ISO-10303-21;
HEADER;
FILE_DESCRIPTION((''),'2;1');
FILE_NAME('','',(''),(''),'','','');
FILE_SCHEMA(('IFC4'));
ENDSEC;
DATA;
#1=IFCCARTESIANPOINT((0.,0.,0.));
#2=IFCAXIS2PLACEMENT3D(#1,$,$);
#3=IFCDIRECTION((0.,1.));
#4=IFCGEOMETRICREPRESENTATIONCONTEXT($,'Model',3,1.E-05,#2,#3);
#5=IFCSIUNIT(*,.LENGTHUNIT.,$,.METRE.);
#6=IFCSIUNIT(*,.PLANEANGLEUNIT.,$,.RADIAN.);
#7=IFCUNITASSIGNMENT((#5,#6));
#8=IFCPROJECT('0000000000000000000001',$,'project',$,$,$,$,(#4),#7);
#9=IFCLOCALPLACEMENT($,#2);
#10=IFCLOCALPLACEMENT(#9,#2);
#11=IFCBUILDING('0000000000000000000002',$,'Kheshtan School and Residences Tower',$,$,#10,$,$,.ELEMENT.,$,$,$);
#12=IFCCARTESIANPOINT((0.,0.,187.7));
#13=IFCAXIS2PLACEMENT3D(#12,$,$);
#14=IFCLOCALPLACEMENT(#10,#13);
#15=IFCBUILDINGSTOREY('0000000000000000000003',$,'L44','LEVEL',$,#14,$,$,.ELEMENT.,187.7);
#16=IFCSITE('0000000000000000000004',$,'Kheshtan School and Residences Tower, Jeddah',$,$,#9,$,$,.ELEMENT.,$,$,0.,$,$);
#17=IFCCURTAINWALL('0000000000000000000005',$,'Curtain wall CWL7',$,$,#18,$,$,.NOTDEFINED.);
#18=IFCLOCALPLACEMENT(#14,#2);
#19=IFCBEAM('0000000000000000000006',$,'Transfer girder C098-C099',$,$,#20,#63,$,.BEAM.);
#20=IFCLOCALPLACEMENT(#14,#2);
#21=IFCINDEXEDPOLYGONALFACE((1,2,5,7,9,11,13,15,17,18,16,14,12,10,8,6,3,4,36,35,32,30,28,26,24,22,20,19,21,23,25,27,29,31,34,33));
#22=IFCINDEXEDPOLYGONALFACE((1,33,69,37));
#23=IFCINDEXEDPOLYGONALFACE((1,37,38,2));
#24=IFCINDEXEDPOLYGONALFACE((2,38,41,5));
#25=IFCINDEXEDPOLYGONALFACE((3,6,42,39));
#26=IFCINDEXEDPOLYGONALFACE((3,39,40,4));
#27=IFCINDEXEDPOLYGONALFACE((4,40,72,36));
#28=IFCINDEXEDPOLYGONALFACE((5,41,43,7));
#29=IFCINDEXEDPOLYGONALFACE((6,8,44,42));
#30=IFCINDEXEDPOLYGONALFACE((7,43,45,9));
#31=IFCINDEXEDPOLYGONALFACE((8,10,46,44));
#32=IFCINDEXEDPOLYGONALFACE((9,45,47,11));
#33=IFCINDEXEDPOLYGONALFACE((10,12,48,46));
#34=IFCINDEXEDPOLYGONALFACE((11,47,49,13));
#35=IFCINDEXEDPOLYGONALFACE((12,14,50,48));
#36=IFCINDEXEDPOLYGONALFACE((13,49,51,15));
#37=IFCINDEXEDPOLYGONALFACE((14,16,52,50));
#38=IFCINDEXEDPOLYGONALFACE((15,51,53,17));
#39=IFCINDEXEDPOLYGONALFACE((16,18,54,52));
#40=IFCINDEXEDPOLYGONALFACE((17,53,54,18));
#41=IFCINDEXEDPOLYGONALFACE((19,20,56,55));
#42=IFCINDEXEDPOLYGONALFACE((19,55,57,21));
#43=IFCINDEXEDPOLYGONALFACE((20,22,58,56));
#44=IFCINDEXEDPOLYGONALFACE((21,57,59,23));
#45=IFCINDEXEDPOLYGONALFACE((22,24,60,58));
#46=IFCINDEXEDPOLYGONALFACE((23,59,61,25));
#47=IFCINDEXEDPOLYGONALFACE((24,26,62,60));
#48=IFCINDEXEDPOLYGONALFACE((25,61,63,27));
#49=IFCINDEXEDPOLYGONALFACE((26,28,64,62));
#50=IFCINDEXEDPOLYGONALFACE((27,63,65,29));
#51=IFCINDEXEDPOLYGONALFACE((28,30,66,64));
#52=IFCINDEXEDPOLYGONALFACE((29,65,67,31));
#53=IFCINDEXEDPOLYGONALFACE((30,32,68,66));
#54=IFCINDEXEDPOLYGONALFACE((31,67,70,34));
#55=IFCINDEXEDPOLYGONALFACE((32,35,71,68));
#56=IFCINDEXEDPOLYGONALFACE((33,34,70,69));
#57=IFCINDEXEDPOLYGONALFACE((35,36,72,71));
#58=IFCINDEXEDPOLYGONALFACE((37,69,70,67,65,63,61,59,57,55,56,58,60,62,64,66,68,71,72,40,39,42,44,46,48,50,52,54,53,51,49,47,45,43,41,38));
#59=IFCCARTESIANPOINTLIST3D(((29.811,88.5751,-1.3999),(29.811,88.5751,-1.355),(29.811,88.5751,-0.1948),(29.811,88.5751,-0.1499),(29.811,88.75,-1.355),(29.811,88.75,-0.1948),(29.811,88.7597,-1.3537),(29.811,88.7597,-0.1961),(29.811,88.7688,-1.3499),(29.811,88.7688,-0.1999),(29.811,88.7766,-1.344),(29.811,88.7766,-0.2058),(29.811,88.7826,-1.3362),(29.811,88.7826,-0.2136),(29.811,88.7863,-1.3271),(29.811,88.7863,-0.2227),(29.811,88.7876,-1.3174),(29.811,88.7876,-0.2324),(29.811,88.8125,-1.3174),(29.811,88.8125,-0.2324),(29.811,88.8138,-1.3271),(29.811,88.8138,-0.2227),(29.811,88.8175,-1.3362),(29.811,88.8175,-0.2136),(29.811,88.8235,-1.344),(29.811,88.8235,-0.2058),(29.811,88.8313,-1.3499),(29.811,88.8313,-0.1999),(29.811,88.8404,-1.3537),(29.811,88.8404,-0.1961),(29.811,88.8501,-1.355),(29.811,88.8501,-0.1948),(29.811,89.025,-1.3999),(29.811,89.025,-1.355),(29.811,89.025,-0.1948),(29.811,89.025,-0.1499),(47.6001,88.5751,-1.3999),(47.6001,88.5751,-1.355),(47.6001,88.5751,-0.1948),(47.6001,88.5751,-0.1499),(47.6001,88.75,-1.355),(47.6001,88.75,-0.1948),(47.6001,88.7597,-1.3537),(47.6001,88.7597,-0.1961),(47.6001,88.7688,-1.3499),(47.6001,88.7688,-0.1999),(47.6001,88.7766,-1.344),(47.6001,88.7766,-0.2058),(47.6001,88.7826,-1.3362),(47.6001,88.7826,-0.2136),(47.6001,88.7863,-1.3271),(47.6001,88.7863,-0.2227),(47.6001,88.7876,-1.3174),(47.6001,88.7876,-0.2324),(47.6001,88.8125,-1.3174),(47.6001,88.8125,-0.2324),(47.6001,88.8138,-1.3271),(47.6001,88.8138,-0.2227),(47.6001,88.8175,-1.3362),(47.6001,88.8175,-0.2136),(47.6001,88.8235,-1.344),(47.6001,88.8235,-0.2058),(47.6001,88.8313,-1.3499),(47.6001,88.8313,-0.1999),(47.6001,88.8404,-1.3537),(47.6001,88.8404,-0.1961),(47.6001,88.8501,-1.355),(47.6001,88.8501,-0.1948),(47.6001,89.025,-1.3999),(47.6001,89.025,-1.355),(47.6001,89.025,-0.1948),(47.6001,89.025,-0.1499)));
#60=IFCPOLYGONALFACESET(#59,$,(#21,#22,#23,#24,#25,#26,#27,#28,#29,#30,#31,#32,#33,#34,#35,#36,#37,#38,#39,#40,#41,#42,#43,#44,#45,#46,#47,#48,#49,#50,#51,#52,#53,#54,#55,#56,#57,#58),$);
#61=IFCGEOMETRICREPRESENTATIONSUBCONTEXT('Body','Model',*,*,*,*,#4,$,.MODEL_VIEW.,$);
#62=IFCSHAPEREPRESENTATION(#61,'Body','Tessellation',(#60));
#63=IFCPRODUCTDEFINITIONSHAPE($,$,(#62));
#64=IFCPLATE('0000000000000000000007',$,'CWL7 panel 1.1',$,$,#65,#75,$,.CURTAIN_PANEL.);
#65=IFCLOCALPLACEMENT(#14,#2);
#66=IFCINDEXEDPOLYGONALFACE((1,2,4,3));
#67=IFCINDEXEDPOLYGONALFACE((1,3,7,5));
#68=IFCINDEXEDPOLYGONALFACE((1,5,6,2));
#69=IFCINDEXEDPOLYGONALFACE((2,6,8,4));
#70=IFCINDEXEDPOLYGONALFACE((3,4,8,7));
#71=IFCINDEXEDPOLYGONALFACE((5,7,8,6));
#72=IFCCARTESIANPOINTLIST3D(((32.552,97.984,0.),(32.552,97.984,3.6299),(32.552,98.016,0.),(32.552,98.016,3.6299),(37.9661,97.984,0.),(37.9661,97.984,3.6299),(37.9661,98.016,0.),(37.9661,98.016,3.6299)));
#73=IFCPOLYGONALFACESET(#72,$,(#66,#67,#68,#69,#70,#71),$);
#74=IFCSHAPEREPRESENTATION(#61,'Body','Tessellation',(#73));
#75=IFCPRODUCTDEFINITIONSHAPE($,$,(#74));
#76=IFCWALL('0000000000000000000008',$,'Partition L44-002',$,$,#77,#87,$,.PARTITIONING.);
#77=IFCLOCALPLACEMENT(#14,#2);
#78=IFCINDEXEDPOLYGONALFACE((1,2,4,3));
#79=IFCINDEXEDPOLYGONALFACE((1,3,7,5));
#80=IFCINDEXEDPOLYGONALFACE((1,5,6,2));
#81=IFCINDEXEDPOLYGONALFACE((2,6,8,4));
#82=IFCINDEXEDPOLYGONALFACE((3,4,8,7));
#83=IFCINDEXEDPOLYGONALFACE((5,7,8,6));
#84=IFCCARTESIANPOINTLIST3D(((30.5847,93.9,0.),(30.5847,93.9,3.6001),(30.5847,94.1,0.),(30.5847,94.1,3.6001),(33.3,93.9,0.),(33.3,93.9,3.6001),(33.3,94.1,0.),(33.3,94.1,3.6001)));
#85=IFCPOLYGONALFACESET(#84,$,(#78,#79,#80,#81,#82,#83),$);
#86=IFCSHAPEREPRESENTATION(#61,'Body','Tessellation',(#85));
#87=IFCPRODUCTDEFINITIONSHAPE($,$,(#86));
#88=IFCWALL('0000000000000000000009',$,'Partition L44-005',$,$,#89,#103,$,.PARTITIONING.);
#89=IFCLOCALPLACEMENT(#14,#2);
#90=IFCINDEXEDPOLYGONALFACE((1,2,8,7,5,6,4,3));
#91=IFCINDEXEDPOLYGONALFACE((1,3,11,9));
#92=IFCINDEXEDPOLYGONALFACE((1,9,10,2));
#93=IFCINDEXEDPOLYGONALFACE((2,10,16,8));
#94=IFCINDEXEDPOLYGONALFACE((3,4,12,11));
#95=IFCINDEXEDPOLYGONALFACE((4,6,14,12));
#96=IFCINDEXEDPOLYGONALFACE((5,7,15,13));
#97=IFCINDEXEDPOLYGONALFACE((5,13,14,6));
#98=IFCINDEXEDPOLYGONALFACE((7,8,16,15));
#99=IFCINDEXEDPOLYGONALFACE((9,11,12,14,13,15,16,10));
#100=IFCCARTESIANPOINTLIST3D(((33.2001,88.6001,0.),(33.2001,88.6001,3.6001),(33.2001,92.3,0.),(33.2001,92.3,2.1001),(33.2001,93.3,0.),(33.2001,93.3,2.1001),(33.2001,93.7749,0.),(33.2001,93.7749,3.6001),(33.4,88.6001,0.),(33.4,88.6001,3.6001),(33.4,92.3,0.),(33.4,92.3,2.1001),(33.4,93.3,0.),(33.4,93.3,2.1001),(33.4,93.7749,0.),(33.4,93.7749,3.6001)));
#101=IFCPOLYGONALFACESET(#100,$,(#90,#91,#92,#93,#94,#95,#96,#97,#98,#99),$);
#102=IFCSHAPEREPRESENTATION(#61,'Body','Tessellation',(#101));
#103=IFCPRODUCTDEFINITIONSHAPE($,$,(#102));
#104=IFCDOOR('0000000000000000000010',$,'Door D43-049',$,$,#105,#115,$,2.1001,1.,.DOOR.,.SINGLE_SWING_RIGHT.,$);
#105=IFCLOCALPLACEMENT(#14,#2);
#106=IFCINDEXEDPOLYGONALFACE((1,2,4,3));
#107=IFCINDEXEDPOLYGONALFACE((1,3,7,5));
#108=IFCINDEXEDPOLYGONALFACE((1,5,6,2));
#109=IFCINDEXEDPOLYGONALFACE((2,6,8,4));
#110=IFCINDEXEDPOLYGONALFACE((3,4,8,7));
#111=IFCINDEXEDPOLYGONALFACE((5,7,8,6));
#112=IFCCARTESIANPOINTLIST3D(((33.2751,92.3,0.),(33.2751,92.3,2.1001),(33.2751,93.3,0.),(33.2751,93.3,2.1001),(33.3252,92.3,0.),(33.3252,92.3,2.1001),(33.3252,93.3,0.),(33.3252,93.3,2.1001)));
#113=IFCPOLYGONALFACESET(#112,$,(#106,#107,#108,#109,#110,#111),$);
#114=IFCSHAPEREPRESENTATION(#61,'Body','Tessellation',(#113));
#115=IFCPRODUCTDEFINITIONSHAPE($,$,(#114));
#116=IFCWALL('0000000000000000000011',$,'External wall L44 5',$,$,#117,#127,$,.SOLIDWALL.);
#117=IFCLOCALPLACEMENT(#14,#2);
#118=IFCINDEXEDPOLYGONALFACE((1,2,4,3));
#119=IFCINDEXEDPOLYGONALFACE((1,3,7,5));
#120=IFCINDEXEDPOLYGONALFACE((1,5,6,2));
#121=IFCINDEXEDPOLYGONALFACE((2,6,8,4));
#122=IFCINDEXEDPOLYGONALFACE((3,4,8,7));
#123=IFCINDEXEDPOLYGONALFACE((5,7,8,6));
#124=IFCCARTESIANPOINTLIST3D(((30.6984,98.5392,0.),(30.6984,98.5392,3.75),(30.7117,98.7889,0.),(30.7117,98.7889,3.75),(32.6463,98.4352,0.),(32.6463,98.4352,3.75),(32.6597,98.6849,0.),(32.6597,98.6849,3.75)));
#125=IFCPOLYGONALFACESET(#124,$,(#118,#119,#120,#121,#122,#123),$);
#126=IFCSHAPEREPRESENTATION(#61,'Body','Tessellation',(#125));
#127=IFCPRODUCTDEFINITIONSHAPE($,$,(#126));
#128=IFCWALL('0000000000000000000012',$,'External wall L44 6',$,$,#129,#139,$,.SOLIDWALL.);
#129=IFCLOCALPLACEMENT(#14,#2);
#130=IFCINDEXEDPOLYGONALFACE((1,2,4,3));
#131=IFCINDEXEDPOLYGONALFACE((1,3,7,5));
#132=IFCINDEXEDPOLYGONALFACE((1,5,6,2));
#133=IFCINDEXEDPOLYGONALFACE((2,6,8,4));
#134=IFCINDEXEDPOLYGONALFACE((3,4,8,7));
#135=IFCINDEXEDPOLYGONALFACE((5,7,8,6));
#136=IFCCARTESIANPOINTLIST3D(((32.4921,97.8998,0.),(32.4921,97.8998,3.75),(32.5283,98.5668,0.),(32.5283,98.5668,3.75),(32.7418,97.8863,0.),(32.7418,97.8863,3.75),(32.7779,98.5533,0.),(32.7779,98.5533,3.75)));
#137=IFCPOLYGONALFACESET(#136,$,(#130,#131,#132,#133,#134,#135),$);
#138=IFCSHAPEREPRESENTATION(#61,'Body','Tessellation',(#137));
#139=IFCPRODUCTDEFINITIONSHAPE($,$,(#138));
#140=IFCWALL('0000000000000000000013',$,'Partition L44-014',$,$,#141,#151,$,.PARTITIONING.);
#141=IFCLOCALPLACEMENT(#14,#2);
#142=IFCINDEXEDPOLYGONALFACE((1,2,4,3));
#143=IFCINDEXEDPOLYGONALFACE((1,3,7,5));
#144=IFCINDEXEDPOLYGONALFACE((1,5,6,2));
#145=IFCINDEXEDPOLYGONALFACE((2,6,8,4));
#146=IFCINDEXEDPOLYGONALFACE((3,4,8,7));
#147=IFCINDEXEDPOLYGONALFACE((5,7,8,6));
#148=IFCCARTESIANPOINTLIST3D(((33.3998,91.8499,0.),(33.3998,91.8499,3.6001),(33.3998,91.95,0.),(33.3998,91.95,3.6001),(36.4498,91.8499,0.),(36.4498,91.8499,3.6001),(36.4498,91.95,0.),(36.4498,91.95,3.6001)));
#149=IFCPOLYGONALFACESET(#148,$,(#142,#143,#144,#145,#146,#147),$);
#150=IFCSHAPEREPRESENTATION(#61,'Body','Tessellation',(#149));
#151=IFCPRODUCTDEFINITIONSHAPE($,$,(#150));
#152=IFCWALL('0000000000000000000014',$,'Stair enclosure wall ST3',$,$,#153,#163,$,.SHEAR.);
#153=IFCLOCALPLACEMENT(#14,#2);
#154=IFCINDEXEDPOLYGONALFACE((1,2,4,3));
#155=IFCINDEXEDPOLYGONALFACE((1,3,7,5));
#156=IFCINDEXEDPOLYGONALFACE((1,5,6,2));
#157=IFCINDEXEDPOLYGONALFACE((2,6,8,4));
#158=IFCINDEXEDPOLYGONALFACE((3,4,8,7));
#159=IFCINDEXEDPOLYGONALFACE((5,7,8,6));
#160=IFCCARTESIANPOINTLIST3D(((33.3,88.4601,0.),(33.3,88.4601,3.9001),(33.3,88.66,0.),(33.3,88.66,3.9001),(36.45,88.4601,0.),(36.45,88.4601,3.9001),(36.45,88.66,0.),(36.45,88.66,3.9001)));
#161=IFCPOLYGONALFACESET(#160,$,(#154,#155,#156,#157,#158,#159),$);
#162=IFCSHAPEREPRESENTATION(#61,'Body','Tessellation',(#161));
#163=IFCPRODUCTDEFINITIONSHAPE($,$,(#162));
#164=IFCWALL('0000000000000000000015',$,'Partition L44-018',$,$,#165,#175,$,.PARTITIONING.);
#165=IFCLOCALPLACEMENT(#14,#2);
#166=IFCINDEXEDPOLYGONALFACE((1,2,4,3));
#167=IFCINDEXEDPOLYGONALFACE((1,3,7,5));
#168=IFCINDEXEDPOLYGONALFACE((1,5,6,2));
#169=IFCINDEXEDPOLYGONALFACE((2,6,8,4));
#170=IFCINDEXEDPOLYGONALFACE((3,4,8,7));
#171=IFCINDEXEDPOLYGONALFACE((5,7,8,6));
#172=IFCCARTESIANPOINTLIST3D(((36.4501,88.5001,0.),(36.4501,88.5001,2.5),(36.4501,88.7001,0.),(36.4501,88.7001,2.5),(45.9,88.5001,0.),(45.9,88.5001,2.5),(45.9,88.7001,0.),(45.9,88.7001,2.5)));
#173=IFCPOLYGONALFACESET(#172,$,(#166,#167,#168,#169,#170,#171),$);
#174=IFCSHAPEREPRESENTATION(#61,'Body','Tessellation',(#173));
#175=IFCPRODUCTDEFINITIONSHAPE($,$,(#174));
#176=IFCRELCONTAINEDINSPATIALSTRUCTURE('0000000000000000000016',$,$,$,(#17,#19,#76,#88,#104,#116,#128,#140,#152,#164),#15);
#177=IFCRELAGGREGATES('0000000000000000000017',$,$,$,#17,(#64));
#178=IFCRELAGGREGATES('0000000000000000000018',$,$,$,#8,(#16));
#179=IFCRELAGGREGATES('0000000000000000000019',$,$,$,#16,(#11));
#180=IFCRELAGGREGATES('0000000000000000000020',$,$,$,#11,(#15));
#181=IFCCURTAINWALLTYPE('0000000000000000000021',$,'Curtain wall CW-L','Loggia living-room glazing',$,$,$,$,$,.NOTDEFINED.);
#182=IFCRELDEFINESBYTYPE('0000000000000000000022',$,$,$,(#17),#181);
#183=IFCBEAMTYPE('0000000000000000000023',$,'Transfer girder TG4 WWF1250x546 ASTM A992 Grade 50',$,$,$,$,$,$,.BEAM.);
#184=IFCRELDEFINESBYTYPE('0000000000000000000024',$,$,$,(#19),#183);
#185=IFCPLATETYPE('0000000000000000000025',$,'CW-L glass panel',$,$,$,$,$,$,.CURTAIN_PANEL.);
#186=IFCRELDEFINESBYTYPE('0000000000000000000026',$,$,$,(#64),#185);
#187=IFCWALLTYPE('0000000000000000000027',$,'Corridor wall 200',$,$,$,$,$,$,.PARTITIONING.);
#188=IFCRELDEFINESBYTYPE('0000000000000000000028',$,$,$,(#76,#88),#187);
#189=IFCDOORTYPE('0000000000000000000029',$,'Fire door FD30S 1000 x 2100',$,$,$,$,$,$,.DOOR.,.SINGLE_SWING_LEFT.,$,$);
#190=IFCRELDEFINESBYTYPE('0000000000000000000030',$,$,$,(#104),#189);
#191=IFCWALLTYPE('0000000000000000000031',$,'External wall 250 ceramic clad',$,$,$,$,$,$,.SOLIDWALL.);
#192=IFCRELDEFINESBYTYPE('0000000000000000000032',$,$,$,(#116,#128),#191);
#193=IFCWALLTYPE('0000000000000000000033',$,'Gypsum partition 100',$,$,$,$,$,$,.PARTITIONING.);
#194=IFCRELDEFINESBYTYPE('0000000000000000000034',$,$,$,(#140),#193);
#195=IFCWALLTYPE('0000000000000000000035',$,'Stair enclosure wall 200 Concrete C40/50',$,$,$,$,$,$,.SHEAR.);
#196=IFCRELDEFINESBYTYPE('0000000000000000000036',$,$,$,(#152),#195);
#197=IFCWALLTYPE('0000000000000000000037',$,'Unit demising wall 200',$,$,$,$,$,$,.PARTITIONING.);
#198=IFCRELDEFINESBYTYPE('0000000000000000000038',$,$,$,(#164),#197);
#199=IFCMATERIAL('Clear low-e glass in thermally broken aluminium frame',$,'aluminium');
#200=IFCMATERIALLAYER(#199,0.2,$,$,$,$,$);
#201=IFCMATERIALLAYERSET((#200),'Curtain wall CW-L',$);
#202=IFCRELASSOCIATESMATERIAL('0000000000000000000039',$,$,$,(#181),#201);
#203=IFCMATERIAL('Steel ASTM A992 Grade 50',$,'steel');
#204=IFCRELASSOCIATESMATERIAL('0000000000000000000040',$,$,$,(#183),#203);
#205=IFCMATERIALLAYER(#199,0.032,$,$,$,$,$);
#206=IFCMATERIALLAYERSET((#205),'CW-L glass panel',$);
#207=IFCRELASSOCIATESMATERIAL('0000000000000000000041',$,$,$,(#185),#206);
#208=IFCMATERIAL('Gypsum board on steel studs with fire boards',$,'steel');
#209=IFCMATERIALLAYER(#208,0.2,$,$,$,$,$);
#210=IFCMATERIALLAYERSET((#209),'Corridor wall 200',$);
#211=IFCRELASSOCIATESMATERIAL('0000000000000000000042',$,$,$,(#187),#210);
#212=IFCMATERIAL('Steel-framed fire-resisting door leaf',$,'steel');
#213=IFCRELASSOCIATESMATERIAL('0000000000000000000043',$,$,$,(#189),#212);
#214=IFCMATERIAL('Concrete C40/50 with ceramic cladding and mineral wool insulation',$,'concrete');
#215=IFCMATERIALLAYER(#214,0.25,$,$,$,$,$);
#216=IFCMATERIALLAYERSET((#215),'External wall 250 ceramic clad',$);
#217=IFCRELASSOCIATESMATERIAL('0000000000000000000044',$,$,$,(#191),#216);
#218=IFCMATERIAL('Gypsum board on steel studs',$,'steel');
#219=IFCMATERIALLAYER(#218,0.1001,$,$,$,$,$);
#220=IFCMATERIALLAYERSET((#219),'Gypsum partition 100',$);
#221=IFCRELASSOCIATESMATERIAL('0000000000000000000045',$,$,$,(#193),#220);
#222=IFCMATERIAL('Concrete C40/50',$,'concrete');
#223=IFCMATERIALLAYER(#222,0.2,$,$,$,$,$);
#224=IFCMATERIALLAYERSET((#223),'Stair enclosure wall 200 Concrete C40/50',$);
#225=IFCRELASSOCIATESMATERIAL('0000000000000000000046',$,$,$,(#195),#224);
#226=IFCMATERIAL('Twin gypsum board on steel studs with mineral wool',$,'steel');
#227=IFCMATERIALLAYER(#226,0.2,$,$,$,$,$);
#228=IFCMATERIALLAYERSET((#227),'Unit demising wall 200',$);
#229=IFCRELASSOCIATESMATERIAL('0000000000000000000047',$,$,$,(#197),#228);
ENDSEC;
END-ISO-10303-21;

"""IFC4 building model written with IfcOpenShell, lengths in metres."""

from ifc_helpers import new_model, si_unit, direction, frame, frame_2d, origin, origin_2d, place, context, subcontext, project, spatial, rectangle, i_section, extrude, source, transform, mapped, material, layer, layer_set, material_profile, profile_set, type_object, element, fill, aggregate, save


model = new_model("IFC4")

# Units and contexts
model_context = context("Model", 3, precision=1e-05, world=origin(), true_north=direction((0.0, 1.0)))
body_context = subcontext(model_context, "Body", "Model", "MODEL_VIEW")
ifc_project = project(units=[si_unit("LENGTHUNIT", "METRE"), si_unit("PLANEANGLEUNIT", "RADIAN")], contexts=[model_context])

# Site, building, storey
site_placement = place(None, origin())
site = spatial("IfcSite", under=ifc_project, at=site_placement, Name="Kheshtan School and Residences Tower, Jeddah", CompositionType="ELEMENT", RefElevation=0.0)
building_placement = place(site_placement, origin())
building = spatial("IfcBuilding", under=site, at=building_placement, Name="Kheshtan School and Residences Tower", CompositionType="ELEMENT")
storey_placement = place(building_placement, frame((0.0, 0.0, 187.7)))
storey = spatial("IfcBuildingStorey", under=building, at=storey_placement, Name="L44", Description="LEVEL", CompositionType="ELEMENT", Elevation=187.7)

# Shared definitions
ifc_material_1 = material(Name="Steel ASTM A992 Grade 50", Category="steel")

# Curtain wall
ifc_material_2 = material(Name="Clear low-e glass in thermally broken aluminium frame", Category="aluminium")
ifc_layer_1 = layer(ifc_material_2, 0.2)
ifc_layer_set_1 = layer_set([ifc_layer_1], Name="Curtain wall CW-L")
curtain_wall_type = type_object("IfcCurtainWallType", Name="Curtain wall CW-L", Description="Loggia living-room glazing", PredefinedType="NOTDEFINED", material=ifc_layer_set_1)
curtain_wall_placement = place(storey_placement, origin())
curtain_wall = element("IfcCurtainWall", 1, at=curtain_wall_placement, inside=storey, type_object=curtain_wall_type, Name="Curtain wall CWL7", PredefinedType="NOTDEFINED")

# Beam
ifc_material_profile_1 = material_profile(ifc_material_1, i_section(OverallWidth=0.45, OverallDepth=1.25, WebThickness=0.0249, FlangeThickness=0.0449, FilletRadius=0.0376, at=origin_2d()), Name="WWF1250x546")
ifc_profile_set_1 = profile_set([ifc_material_profile_1], Name="Steel ASTM A992 Grade 50")
beam_type_1 = type_object("IfcBeamType", Name="Transfer girder TG4 WWF1250x546 ASTM A992 Grade 50", PredefinedType="BEAM", material=ifc_profile_set_1)
beam_1_placement = place(storey_placement, frame((29.811, 88.8, -0.7749), z_axis=(1.0, 0.0, 0.0), x_axis=(0.0, 1.0, 0.0)))
element("IfcBeam", 2, at=beam_1_placement, inside=storey, type_object=beam_type_1, Name="Transfer girder C098-C099", PredefinedType="BEAM", context=body_context, shape_type="SweptSolid", body=[
    extrude(i_section(OverallWidth=0.45, OverallDepth=1.25, WebThickness=0.0249, FlangeThickness=0.0449, FilletRadius=0.0376, at=origin_2d()), origin(), (0.0, 0.0, 1.0), 17.7891),
])

# Plate
ifc_layer_2 = layer(ifc_material_2, 0.032)
ifc_layer_set_2 = layer_set([ifc_layer_2], Name="CW-L glass panel")
plate_type = type_object("IfcPlateType", Name="CW-L glass panel", PredefinedType="CURTAIN_PANEL", material=ifc_layer_set_2)
plate_placement = place(storey_placement, frame((35.259, 98.0, 0.0), z_axis=(0.0, 0.0, 1.0), x_axis=(1.0, 0.0, 0.0)))
plate = element("IfcPlate", 3, at=plate_placement, type_object=plate_type, Name="CWL7 panel 1.1", PredefinedType="CURTAIN_PANEL", context=body_context, shape_type="SweptSolid", body=[
    extrude(rectangle(XDim=5.4141, YDim=0.032, at=origin_2d()), origin(), (0.0, 0.0, 1.0), 3.6299),
])
aggregate(curtain_wall, [plate])

# Wall
ifc_material_3 = material(Name="Gypsum board on steel studs with fire boards", Category="steel")
ifc_layer_3 = layer(ifc_material_3, 0.2)
ifc_layer_set_3 = layer_set([ifc_layer_3], Name="Corridor wall 200")
wall_type_1 = type_object("IfcWallType", Name="Corridor wall 200", PredefinedType="PARTITIONING", material=ifc_layer_set_3)
wall_1_placement = place(storey_placement, frame((30.5847, 94.0, 0.0), z_axis=(0.0, 0.0, 1.0), x_axis=(1.0, 0.0, 0.0)))
element("IfcWall", 4, at=wall_1_placement, inside=storey, type_object=wall_type_1, Name="Partition L44-002", PredefinedType="PARTITIONING", context=body_context, shape_type="SweptSolid", body=[
    extrude(rectangle(XDim=2.7153, YDim=0.2, at=frame_2d((1.3577, 0.0))), origin(), (0.0, 0.0, 1.0), 3.6001),
])

# Wall, opening, door
wall_2_placement = place(storey_placement, frame((33.3, 88.6001, 0.0), z_axis=(0.0, 0.0, 1.0), x_axis=(0.0, 1.0, 0.0)))
wall_2 = element("IfcWall", 5, at=wall_2_placement, inside=storey, type_object=wall_type_1, Name="Partition L44-005", PredefinedType="PARTITIONING", context=body_context, shape_type="SweptSolid", body=[
    extrude(rectangle(XDim=5.1748, YDim=0.2, at=frame_2d((2.5874, 0.0))), origin(), (0.0, 0.0, 1.0), 3.6001),
])
opening_placement = place(wall_2_placement, frame((3.7, 0.0, 0.0)))
opening = element("IfcOpeningElement", 6, at=opening_placement, cuts=wall_2, PredefinedType="OPENING", context=body_context, shape_type="SweptSolid", body=[
    extrude(rectangle(XDim=1.0, YDim=2.1001, at=frame_2d((0.5, 1.05))), frame((0.0, 0.1099, 0.0), z_axis=(0.0, -1.0, 0.0), x_axis=(1.0, 0.0, 0.0)), (0.0, 0.0, 1.0), 0.22),
])
ifc_material_4 = material(Name="Steel-framed fire-resisting door leaf", Category="steel")
door_type = type_object("IfcDoorType", Name="Fire door FD30S 1000 x 2100", OperationType="SINGLE_SWING_LEFT", PredefinedType="DOOR", material=ifc_material_4)
shared_shape = source(origin(), body_context, "Body", "SweptSolid", [
    extrude(rectangle(XDim=1.0, YDim=2.1001, at=frame_2d((0.5, 1.05))), frame((0.0, 0.0249, 0.0), z_axis=(0.0, -1.0, 0.0), x_axis=(1.0, 0.0, 0.0)), (0.0, 0.0, 1.0), 0.05),
])
door_placement = place(opening_placement, origin())
door = element("IfcDoor", 7, at=door_placement, inside=storey, type_object=door_type, Name="Door D43-049", OperationType="SINGLE_SWING_RIGHT", OverallHeight=2.1001, OverallWidth=1.0, PredefinedType="DOOR", context=body_context, shape_type="MappedRepresentation", body=[
    mapped(shared_shape, transform((0.0, 0.0, 0.0), x_axis=(1.0, 0.0, 0.0), y_axis=(0.0, 1.0, 0.0), z_axis=(0.0, 0.0, 1.0), scale=1.0)),
])
fill(opening, door)

# Walls
ifc_material_5 = material(Name="Concrete C40/50 with ceramic cladding and mineral wool insulation", Category="concrete")
ifc_layer_4 = layer(ifc_material_5, 0.25)
ifc_layer_set_4 = layer_set([ifc_layer_4], Name="External wall 250 ceramic clad")
wall_type_2 = type_object("IfcWallType", Name="External wall 250 ceramic clad", PredefinedType="SOLIDWALL", material=ifc_layer_set_4)
wall_3_placement = place(storey_placement, frame((30.7051, 98.6641, 0.0), z_axis=(0.0, 0.0, 1.0), x_axis=(0.998578, -0.053314, 0.0)))
element("IfcWall", 8, at=wall_3_placement, inside=storey, type_object=wall_type_2, Name="External wall L44 5", PredefinedType="SOLIDWALL", context=body_context, shape_type="SweptSolid", body=[
    extrude(rectangle(XDim=1.9507, YDim=0.25, at=frame_2d((0.9753, 0.0))), origin(), (0.0, 0.0, 1.0), 3.75),
])
wall_4_placement = place(storey_placement, frame((32.6531, 98.5601, 0.0), z_axis=(0.0, 0.0, 1.0), x_axis=(-0.054093, -0.998536, 0.0)))
element("IfcWall", 9, at=wall_4_placement, inside=storey, type_object=wall_type_2, Name="External wall L44 6", PredefinedType="SOLIDWALL", context=body_context, shape_type="SweptSolid", body=[
    extrude(rectangle(XDim=0.668, YDim=0.25, at=frame_2d((0.334, 0.0))), origin(), (0.0, 0.0, 1.0), 3.75),
])
ifc_material_6 = material(Name="Gypsum board on steel studs", Category="steel")
ifc_layer_5 = layer(ifc_material_6, 0.1001)
ifc_layer_set_5 = layer_set([ifc_layer_5], Name="Gypsum partition 100")
wall_type_3 = type_object("IfcWallType", Name="Gypsum partition 100", PredefinedType="PARTITIONING", material=ifc_layer_set_5)
wall_5_placement = place(storey_placement, frame((33.3999, 91.8999, 0.0), z_axis=(0.0, 0.0, 1.0), x_axis=(1.0, 0.0, 0.0)))
element("IfcWall", 10, at=wall_5_placement, inside=storey, type_object=wall_type_3, Name="Partition L44-014", PredefinedType="PARTITIONING", context=body_context, shape_type="SweptSolid", body=[
    extrude(rectangle(XDim=3.05, YDim=0.1001, at=frame_2d((1.5249, 0.0))), origin(), (0.0, 0.0, 1.0), 3.6001),
])
ifc_material_7 = material(Name="Concrete C40/50", Category="concrete")
ifc_layer_6 = layer(ifc_material_7, 0.2)
ifc_layer_set_6 = layer_set([ifc_layer_6], Name="Stair enclosure wall 200 Concrete C40/50")
wall_type_4 = type_object("IfcWallType", Name="Stair enclosure wall 200 Concrete C40/50", PredefinedType="SHEAR", material=ifc_layer_set_6)
wall_6_placement = place(storey_placement, frame((33.3, 88.5601, 0.0), z_axis=(0.0, 0.0, 1.0), x_axis=(1.0, 0.0, 0.0)))
element("IfcWall", 11, at=wall_6_placement, inside=storey, type_object=wall_type_4, Name="Stair enclosure wall ST3", PredefinedType="SHEAR", context=body_context, shape_type="SweptSolid", body=[
    extrude(rectangle(XDim=3.1499, YDim=0.2, at=frame_2d((1.575, 0.0))), origin(), (0.0, 0.0, 1.0), 3.9001),
])
ifc_material_8 = material(Name="Twin gypsum board on steel studs with mineral wool", Category="steel")
ifc_layer_7 = layer(ifc_material_8, 0.2)
ifc_layer_set_7 = layer_set([ifc_layer_7], Name="Unit demising wall 200")
wall_type_5 = type_object("IfcWallType", Name="Unit demising wall 200", PredefinedType="PARTITIONING", material=ifc_layer_set_7)
wall_7_placement = place(storey_placement, frame((36.45, 88.6001, 0.0), z_axis=(0.0, 0.0, 1.0), x_axis=(1.0, 0.0, 0.0)))
element("IfcWall", 12, at=wall_7_placement, inside=storey, type_object=wall_type_5, Name="Partition L44-018", PredefinedType="PARTITIONING", context=body_context, shape_type="SweptSolid", body=[
    extrude(rectangle(XDim=9.45, YDim=0.2, at=frame_2d((4.7251, 0.0))), origin(), (0.0, 0.0, 1.0), 2.5),
])

save(model, "model.ifc")
